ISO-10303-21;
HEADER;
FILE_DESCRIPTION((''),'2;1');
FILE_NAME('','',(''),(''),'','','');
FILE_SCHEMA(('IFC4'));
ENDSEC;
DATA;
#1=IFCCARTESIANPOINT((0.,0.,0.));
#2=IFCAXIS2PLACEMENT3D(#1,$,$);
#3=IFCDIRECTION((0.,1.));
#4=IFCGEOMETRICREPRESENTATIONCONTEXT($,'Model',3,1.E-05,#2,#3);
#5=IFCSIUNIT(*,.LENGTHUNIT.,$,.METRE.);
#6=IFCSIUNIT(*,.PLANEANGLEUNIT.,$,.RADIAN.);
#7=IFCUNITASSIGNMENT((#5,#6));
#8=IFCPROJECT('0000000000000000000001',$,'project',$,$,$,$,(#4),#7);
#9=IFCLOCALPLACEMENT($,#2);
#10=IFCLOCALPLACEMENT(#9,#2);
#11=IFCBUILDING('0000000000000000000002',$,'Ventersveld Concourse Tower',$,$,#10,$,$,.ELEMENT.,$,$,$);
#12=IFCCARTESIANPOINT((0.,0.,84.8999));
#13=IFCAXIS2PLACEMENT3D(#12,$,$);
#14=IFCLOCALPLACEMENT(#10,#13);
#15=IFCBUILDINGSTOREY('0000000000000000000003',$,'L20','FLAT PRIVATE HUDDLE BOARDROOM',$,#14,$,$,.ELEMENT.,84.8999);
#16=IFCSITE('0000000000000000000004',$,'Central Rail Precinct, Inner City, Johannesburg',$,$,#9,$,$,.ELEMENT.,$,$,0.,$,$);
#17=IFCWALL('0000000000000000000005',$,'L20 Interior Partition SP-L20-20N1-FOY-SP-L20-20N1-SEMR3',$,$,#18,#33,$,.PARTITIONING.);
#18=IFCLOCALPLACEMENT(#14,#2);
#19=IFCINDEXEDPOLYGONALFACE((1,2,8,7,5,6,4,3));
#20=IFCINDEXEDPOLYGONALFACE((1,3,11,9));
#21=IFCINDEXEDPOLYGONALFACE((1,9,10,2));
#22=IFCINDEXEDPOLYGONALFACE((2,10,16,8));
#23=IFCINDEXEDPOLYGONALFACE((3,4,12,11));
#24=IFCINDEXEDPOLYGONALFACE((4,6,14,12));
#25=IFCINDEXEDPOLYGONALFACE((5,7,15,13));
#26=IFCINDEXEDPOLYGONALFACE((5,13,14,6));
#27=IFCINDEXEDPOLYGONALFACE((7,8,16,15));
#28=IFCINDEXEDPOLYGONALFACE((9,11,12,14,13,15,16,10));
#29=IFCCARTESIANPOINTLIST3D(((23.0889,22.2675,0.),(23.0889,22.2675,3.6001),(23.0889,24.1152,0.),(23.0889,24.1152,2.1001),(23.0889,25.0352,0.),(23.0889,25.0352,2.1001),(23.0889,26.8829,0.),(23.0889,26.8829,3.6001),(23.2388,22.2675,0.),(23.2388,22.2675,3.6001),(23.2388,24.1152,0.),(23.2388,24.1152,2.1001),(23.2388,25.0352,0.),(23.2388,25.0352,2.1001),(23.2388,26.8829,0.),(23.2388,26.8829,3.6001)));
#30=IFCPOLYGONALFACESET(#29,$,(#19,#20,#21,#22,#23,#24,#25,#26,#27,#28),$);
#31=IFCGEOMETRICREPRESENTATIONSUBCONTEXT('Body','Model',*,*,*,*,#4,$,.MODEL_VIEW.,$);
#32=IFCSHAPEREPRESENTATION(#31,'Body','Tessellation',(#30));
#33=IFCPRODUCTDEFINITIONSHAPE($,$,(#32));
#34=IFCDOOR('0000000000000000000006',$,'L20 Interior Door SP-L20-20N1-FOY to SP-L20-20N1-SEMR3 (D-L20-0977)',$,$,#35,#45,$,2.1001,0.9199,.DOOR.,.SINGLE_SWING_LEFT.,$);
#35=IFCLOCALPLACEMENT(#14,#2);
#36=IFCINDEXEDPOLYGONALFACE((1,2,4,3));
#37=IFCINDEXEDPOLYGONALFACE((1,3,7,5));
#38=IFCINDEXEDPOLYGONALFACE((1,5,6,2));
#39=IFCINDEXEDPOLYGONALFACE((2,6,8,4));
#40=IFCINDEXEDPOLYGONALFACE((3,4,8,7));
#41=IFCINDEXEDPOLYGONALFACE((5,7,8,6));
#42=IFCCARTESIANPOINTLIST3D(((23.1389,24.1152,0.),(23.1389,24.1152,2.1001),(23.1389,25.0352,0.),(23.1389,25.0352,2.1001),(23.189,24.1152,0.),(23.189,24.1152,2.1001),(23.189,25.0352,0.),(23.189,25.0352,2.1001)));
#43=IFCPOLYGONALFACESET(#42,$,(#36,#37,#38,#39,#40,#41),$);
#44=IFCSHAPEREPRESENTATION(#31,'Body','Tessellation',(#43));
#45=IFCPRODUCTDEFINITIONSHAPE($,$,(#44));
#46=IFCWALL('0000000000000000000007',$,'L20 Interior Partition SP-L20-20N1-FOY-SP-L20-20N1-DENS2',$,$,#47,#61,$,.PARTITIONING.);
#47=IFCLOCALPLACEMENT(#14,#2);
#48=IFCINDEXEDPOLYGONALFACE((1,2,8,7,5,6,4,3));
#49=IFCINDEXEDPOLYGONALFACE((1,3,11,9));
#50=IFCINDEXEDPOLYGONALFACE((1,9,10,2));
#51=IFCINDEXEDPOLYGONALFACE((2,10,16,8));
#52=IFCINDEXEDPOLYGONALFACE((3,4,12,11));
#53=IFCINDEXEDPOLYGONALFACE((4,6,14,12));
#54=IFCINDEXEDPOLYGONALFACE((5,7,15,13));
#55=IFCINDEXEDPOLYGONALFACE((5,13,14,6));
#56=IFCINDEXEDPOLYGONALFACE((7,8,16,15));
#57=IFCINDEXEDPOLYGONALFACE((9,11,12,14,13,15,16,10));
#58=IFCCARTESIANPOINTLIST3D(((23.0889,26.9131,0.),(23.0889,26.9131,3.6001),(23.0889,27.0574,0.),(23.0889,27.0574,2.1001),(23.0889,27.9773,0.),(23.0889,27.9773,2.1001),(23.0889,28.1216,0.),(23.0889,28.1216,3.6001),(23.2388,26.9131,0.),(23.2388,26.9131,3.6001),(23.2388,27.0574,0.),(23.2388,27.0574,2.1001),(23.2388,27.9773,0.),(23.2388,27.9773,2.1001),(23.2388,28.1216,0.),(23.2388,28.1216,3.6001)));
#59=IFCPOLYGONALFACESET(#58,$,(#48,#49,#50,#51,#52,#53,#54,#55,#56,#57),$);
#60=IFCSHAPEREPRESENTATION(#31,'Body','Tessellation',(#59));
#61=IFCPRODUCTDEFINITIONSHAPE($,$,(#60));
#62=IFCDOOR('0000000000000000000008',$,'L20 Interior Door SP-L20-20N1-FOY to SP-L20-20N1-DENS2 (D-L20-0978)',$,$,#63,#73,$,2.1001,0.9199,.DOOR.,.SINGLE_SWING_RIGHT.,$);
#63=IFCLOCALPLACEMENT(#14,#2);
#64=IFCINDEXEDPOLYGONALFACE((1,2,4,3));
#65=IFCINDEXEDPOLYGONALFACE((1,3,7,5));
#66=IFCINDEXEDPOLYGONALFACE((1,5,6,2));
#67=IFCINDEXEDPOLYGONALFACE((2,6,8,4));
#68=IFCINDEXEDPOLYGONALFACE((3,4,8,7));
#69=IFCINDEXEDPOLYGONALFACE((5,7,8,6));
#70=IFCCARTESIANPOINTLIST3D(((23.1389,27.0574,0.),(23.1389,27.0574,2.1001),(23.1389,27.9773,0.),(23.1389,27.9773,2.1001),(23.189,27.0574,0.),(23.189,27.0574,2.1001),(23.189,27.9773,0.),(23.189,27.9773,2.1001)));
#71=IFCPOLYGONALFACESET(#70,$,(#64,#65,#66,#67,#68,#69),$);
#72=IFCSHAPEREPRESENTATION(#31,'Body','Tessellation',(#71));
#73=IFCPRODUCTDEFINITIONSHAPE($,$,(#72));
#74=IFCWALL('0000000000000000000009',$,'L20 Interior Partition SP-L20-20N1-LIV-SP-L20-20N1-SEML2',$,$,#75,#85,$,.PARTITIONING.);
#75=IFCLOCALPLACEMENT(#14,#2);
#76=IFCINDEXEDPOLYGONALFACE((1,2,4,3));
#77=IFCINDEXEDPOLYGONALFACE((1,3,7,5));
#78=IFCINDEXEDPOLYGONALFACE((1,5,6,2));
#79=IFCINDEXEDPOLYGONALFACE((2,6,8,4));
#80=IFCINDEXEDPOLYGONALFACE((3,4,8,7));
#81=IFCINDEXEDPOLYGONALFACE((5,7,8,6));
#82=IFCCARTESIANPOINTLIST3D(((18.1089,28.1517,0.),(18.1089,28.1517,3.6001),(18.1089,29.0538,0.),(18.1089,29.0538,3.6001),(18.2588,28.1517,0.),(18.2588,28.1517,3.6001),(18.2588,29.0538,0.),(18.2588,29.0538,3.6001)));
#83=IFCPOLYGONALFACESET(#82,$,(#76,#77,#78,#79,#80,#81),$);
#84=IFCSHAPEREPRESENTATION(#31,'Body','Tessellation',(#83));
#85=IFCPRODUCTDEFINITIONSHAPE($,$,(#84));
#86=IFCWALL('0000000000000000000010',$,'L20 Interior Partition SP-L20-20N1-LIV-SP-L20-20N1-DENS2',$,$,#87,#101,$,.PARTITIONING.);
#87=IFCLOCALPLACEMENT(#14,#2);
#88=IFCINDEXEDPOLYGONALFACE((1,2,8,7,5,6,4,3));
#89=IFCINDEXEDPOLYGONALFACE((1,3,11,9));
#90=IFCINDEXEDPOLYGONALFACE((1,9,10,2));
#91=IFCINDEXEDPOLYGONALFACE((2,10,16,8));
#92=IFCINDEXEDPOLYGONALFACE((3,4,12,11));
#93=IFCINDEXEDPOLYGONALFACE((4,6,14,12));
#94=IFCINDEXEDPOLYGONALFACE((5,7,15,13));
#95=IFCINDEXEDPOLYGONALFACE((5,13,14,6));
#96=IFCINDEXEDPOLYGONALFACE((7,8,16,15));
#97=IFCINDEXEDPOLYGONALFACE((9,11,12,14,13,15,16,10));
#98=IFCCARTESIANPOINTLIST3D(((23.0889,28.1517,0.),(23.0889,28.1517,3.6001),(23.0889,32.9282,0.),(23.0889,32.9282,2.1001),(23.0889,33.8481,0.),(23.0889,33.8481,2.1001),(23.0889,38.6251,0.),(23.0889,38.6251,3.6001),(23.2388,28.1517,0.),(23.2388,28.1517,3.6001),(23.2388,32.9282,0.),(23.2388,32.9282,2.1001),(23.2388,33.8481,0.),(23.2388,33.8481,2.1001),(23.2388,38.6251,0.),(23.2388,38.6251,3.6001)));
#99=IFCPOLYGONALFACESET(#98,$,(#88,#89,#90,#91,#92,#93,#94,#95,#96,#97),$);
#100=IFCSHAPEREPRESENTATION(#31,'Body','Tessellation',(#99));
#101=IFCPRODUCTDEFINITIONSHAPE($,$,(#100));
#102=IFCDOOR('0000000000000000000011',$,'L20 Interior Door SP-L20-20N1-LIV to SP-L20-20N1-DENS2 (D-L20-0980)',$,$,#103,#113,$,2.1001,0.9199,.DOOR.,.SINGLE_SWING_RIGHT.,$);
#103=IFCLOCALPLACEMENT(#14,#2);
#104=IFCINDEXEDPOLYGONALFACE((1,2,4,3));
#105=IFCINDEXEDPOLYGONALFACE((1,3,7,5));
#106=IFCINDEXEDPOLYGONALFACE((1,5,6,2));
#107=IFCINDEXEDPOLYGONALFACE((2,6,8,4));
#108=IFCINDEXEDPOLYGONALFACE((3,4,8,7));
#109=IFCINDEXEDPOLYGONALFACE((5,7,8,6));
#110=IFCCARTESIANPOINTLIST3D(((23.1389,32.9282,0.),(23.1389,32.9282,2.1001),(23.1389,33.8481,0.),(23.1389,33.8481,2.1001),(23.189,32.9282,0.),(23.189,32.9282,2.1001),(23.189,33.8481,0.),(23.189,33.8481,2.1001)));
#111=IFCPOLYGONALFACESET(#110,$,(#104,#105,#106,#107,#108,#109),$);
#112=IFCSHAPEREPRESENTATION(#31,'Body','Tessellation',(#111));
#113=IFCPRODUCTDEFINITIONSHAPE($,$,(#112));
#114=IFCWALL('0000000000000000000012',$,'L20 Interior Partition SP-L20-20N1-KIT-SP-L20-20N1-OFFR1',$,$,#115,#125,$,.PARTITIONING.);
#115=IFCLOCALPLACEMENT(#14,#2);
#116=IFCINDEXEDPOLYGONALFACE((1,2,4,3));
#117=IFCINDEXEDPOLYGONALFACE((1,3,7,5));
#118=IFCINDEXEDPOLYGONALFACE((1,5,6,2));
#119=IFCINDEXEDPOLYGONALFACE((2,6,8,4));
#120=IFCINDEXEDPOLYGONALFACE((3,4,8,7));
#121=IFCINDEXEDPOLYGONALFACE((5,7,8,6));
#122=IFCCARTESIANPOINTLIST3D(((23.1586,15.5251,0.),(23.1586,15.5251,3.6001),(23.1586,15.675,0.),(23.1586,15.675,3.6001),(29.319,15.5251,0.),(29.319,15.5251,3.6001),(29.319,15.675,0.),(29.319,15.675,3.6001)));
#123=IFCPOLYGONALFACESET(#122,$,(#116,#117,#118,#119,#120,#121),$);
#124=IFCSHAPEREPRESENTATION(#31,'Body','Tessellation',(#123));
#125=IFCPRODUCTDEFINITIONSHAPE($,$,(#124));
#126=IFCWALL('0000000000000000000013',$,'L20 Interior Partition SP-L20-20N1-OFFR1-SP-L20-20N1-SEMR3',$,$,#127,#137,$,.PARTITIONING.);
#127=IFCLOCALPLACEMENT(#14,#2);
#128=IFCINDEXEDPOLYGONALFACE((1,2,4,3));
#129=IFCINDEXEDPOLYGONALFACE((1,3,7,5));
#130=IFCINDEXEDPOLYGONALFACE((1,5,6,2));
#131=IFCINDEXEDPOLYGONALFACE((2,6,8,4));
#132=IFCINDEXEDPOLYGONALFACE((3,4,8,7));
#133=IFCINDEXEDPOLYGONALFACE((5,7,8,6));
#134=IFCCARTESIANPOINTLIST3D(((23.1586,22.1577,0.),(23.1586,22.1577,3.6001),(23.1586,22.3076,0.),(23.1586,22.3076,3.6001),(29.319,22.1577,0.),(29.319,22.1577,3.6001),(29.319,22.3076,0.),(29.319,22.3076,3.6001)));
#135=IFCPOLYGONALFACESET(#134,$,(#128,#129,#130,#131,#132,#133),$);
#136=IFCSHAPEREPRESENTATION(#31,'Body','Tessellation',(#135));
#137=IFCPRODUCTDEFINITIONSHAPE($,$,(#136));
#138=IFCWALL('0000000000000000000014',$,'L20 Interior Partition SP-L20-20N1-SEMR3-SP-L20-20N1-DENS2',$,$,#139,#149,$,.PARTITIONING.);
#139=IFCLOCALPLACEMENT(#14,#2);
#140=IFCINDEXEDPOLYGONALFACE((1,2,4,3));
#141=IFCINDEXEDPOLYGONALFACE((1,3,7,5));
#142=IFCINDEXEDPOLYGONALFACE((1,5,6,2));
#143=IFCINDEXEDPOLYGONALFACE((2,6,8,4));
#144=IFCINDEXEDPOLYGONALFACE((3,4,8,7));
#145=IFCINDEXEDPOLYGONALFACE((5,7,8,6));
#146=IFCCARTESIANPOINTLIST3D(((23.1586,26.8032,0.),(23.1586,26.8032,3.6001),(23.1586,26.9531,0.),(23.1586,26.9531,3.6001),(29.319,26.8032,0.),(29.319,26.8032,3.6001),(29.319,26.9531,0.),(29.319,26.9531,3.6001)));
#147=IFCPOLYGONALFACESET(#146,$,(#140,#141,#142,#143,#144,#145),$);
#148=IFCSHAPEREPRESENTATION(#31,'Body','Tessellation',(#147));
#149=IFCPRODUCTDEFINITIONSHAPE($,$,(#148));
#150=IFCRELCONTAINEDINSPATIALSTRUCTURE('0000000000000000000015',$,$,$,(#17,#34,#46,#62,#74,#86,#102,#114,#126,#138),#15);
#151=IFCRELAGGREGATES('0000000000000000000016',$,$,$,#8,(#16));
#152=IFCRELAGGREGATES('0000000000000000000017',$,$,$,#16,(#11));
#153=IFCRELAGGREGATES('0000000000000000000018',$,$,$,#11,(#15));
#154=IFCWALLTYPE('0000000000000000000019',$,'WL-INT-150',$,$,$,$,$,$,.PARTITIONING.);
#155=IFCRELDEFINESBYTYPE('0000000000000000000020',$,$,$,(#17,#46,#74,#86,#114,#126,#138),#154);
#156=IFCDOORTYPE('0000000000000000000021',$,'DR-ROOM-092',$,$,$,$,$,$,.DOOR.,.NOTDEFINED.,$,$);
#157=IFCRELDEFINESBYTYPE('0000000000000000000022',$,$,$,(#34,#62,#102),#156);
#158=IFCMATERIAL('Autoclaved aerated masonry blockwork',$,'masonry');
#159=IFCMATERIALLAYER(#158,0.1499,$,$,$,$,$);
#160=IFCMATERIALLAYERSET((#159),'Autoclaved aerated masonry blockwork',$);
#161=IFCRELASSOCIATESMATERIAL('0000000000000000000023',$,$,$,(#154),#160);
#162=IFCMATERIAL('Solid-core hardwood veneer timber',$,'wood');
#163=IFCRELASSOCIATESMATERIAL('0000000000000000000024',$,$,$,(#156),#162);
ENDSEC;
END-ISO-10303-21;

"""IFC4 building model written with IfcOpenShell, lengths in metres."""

from ifc_helpers import new_model, si_unit, direction, frame, frame_2d, origin, place, context, subcontext, project, spatial, rectangle, extrude, material, layer, layer_set, type_object, element, fill, save


model = new_model("IFC4")

# Units and contexts
model_context = context("Model", 3, precision=1e-05, world=origin(), true_north=direction((0.0, 1.0)))
body_context = subcontext(model_context, "Body", "Model", "MODEL_VIEW")
ifc_project = project(units=[si_unit("LENGTHUNIT", "METRE"), si_unit("PLANEANGLEUNIT", "RADIAN")], contexts=[model_context])

# Site, building, storey
site_placement = place(None, origin())
site = spatial("IfcSite", under=ifc_project, at=site_placement, Name="Central Rail Precinct, Inner City, Johannesburg", CompositionType="ELEMENT", RefElevation=0.0)
building_placement = place(site_placement, origin())
building = spatial("IfcBuilding", under=site, at=building_placement, Name="Ventersveld Concourse Tower", CompositionType="ELEMENT")
storey_placement = place(building_placement, frame((0.0, 0.0, 84.8999)))
storey = spatial("IfcBuildingStorey", under=building, at=storey_placement, Name="L20", Description="FLAT PRIVATE HUDDLE BOARDROOM", CompositionType="ELEMENT", Elevation=84.8999)

# Shared definitions
ifc_material_1 = material(Name="Solid-core hardwood veneer timber", Category="wood")

# Walls, openings, doors
ifc_material_2 = material(Name="Autoclaved aerated masonry blockwork", Category="masonry")
ifc_layer_1 = layer(ifc_material_2, 0.1499)
ifc_layer_set_1 = layer_set([ifc_layer_1], Name="Autoclaved aerated masonry blockwork")
wall_type_1 = type_object("IfcWallType", Name="WL-INT-150", PredefinedType="PARTITIONING", material=ifc_layer_set_1)
door_type_1 = type_object("IfcDoorType", Name="DR-ROOM-092", OperationType="NOTDEFINED", PredefinedType="DOOR", material=ifc_material_1)
wall_1_placement = place(storey_placement, frame((23.1638, 22.2676, 0.0), z_axis=(0.0, 0.0, 1.0), x_axis=(0.0, 1.0, 0.0)))
wall_1 = element("IfcWall", 1, at=wall_1_placement, inside=storey, type_object=wall_type_1, Name="L20 Interior Partition SP-L20-20N1-FOY-SP-L20-20N1-SEMR3", PredefinedType="PARTITIONING", context=body_context, shape_type="SweptSolid", body=[
    extrude(rectangle(XDim=4.6155, YDim=0.1499, at=frame_2d((2.3076, 0.0))), origin(), (0.0, 0.0, 1.0), 3.6001),
])
opening_1_placement = place(wall_1_placement, frame((1.8477, 0.0, 0.0)))
opening_1 = element("IfcOpeningElement", 2, at=opening_1_placement, cuts=wall_1, PredefinedType="OPENING", context=body_context, shape_type="SweptSolid", body=[
    extrude(rectangle(XDim=0.9199, YDim=2.1001, at=frame_2d((0.46, 1.05))), frame((0.0, 0.085, 0.0), z_axis=(0.0, -1.0, 0.0), x_axis=(1.0, 0.0, 0.0)), (0.0, 0.0, 1.0), 0.1699),
])
door_1_placement = place(opening_1_placement, origin())
door_1 = element("IfcDoor", 3, at=door_1_placement, inside=storey, type_object=door_type_1, Name="L20 Interior Door SP-L20-20N1-FOY to SP-L20-20N1-SEMR3 (D-L20-0977)", OperationType="SINGLE_SWING_LEFT", OverallHeight=2.1001, OverallWidth=0.9199, PredefinedType="DOOR", context=body_context, shape_type="SweptSolid", body=[
    extrude(rectangle(XDim=0.9199, YDim=2.1001, at=frame_2d((0.46, 1.05))), frame((0.0, 0.0249, 0.0), z_axis=(0.0, -1.0, 0.0), x_axis=(1.0, 0.0, 0.0)), (0.0, 0.0, 1.0), 0.05),
])
fill(opening_1, door_1)
wall_2_placement = place(storey_placement, frame((23.1638, 26.9131, 0.0), z_axis=(0.0, 0.0, 1.0), x_axis=(0.0, 1.0, 0.0)))
wall_2 = element("IfcWall", 4, at=wall_2_placement, inside=storey, type_object=wall_type_1, Name="L20 Interior Partition SP-L20-20N1-FOY-SP-L20-20N1-DENS2", PredefinedType="PARTITIONING", context=body_context, shape_type="SweptSolid", body=[
    extrude(rectangle(XDim=1.2085, YDim=0.1499, at=frame_2d((0.6042, 0.0))), origin(), (0.0, 0.0, 1.0), 3.6001),
])
opening_2_placement = place(wall_2_placement, frame((0.1443, 0.0, 0.0)))
opening_2 = element("IfcOpeningElement", 5, at=opening_2_placement, cuts=wall_2, PredefinedType="OPENING", context=body_context, shape_type="SweptSolid", body=[
    extrude(rectangle(XDim=0.9199, YDim=2.1001, at=frame_2d((0.46, 1.05))), frame((0.0, 0.085, 0.0), z_axis=(0.0, -1.0, 0.0), x_axis=(1.0, 0.0, 0.0)), (0.0, 0.0, 1.0), 0.1699),
])
door_2_placement = place(opening_2_placement, origin())
door_2 = element("IfcDoor", 6, at=door_2_placement, inside=storey, type_object=door_type_1, Name="L20 Interior Door SP-L20-20N1-FOY to SP-L20-20N1-DENS2 (D-L20-0978)", OperationType="SINGLE_SWING_RIGHT", OverallHeight=2.1001, OverallWidth=0.9199, PredefinedType="DOOR", context=body_context, shape_type="SweptSolid", body=[
    extrude(rectangle(XDim=0.9199, YDim=2.1001, at=frame_2d((0.46, 1.05))), frame((0.0, 0.0249, 0.0), z_axis=(0.0, -1.0, 0.0), x_axis=(1.0, 0.0, 0.0)), (0.0, 0.0, 1.0), 0.05),
])
fill(opening_2, door_2)

# Wall
wall_3_placement = place(storey_placement, frame((18.1838, 28.1516, 0.0), z_axis=(0.0, 0.0, 1.0), x_axis=(0.0, 1.0, 0.0)))
element("IfcWall", 7, at=wall_3_placement, inside=storey, type_object=wall_type_1, Name="L20 Interior Partition SP-L20-20N1-LIV-SP-L20-20N1-SEML2", PredefinedType="PARTITIONING", context=body_context, shape_type="SweptSolid", body=[
    extrude(rectangle(XDim=0.9021, YDim=0.1499, at=frame_2d((0.4512, 0.0))), origin(), (0.0, 0.0, 1.0), 3.6001),
])

# Wall, opening, door
wall_4_placement = place(storey_placement, frame((23.1638, 28.1516, 0.0), z_axis=(0.0, 0.0, 1.0), x_axis=(0.0, 1.0, 0.0)))
wall_4 = element("IfcWall", 8, at=wall_4_placement, inside=storey, type_object=wall_type_1, Name="L20 Interior Partition SP-L20-20N1-LIV-SP-L20-20N1-DENS2", PredefinedType="PARTITIONING", context=body_context, shape_type="SweptSolid", body=[
    extrude(rectangle(XDim=10.4734, YDim=0.1499, at=frame_2d((5.2368, 0.0))), origin(), (0.0, 0.0, 1.0), 3.6001),
])
opening_3_placement = place(wall_4_placement, frame((4.7766, 0.0, 0.0)))
opening_3 = element("IfcOpeningElement", 9, at=opening_3_placement, cuts=wall_4, PredefinedType="OPENING", context=body_context, shape_type="SweptSolid", body=[
    extrude(rectangle(XDim=0.9199, YDim=2.1001, at=frame_2d((0.46, 1.05))), frame((0.0, 0.085, 0.0), z_axis=(0.0, -1.0, 0.0), x_axis=(1.0, 0.0, 0.0)), (0.0, 0.0, 1.0), 0.1699),
])
door_3_placement = place(opening_3_placement, origin())
door_3 = element("IfcDoor", 10, at=door_3_placement, inside=storey, type_object=door_type_1, Name="L20 Interior Door SP-L20-20N1-LIV to SP-L20-20N1-DENS2 (D-L20-0980)", OperationType="SINGLE_SWING_RIGHT", OverallHeight=2.1001, OverallWidth=0.9199, PredefinedType="DOOR", context=body_context, shape_type="SweptSolid", body=[
    extrude(rectangle(XDim=0.9199, YDim=2.1001, at=frame_2d((0.46, 1.05))), frame((0.0, 0.0249, 0.0), z_axis=(0.0, -1.0, 0.0), x_axis=(1.0, 0.0, 0.0)), (0.0, 0.0, 1.0), 0.05),
])
fill(opening_3, door_3)

# Walls
for number, where, z_axis, x_axis, name in (
    (11, (23.1587, 15.6001, 0.0), (0.0, 0.0, 1.0), (1.0, 0.0, 0.0), "L20 Interior Partition SP-L20-20N1-KIT-SP-L20-20N1-OFFR1"),
    (12, (23.1587, 22.2327, 0.0), (0.0, 0.0, 1.0), (1.0, 0.0, 0.0), "L20 Interior Partition SP-L20-20N1-OFFR1-SP-L20-20N1-SEMR3"),
    (13, (23.1587, 26.8782, 0.0), (0.0, 0.0, 1.0), (1.0, 0.0, 0.0), "L20 Interior Partition SP-L20-20N1-SEMR3-SP-L20-20N1-DENS2"),
):
    element("IfcWall", number, at=place(storey_placement, frame(where, z_axis=z_axis, x_axis=x_axis)), inside=storey, type_object=wall_type_1, Name=name, PredefinedType="PARTITIONING", context=body_context, shape_type="SweptSolid", body=[
        extrude(rectangle(XDim=6.1604, YDim=0.1499, at=frame_2d((3.0801, 0.0))), origin(), (0.0, 0.0, 1.0), 3.6001),
    ])

save(model, "model.ifc")
